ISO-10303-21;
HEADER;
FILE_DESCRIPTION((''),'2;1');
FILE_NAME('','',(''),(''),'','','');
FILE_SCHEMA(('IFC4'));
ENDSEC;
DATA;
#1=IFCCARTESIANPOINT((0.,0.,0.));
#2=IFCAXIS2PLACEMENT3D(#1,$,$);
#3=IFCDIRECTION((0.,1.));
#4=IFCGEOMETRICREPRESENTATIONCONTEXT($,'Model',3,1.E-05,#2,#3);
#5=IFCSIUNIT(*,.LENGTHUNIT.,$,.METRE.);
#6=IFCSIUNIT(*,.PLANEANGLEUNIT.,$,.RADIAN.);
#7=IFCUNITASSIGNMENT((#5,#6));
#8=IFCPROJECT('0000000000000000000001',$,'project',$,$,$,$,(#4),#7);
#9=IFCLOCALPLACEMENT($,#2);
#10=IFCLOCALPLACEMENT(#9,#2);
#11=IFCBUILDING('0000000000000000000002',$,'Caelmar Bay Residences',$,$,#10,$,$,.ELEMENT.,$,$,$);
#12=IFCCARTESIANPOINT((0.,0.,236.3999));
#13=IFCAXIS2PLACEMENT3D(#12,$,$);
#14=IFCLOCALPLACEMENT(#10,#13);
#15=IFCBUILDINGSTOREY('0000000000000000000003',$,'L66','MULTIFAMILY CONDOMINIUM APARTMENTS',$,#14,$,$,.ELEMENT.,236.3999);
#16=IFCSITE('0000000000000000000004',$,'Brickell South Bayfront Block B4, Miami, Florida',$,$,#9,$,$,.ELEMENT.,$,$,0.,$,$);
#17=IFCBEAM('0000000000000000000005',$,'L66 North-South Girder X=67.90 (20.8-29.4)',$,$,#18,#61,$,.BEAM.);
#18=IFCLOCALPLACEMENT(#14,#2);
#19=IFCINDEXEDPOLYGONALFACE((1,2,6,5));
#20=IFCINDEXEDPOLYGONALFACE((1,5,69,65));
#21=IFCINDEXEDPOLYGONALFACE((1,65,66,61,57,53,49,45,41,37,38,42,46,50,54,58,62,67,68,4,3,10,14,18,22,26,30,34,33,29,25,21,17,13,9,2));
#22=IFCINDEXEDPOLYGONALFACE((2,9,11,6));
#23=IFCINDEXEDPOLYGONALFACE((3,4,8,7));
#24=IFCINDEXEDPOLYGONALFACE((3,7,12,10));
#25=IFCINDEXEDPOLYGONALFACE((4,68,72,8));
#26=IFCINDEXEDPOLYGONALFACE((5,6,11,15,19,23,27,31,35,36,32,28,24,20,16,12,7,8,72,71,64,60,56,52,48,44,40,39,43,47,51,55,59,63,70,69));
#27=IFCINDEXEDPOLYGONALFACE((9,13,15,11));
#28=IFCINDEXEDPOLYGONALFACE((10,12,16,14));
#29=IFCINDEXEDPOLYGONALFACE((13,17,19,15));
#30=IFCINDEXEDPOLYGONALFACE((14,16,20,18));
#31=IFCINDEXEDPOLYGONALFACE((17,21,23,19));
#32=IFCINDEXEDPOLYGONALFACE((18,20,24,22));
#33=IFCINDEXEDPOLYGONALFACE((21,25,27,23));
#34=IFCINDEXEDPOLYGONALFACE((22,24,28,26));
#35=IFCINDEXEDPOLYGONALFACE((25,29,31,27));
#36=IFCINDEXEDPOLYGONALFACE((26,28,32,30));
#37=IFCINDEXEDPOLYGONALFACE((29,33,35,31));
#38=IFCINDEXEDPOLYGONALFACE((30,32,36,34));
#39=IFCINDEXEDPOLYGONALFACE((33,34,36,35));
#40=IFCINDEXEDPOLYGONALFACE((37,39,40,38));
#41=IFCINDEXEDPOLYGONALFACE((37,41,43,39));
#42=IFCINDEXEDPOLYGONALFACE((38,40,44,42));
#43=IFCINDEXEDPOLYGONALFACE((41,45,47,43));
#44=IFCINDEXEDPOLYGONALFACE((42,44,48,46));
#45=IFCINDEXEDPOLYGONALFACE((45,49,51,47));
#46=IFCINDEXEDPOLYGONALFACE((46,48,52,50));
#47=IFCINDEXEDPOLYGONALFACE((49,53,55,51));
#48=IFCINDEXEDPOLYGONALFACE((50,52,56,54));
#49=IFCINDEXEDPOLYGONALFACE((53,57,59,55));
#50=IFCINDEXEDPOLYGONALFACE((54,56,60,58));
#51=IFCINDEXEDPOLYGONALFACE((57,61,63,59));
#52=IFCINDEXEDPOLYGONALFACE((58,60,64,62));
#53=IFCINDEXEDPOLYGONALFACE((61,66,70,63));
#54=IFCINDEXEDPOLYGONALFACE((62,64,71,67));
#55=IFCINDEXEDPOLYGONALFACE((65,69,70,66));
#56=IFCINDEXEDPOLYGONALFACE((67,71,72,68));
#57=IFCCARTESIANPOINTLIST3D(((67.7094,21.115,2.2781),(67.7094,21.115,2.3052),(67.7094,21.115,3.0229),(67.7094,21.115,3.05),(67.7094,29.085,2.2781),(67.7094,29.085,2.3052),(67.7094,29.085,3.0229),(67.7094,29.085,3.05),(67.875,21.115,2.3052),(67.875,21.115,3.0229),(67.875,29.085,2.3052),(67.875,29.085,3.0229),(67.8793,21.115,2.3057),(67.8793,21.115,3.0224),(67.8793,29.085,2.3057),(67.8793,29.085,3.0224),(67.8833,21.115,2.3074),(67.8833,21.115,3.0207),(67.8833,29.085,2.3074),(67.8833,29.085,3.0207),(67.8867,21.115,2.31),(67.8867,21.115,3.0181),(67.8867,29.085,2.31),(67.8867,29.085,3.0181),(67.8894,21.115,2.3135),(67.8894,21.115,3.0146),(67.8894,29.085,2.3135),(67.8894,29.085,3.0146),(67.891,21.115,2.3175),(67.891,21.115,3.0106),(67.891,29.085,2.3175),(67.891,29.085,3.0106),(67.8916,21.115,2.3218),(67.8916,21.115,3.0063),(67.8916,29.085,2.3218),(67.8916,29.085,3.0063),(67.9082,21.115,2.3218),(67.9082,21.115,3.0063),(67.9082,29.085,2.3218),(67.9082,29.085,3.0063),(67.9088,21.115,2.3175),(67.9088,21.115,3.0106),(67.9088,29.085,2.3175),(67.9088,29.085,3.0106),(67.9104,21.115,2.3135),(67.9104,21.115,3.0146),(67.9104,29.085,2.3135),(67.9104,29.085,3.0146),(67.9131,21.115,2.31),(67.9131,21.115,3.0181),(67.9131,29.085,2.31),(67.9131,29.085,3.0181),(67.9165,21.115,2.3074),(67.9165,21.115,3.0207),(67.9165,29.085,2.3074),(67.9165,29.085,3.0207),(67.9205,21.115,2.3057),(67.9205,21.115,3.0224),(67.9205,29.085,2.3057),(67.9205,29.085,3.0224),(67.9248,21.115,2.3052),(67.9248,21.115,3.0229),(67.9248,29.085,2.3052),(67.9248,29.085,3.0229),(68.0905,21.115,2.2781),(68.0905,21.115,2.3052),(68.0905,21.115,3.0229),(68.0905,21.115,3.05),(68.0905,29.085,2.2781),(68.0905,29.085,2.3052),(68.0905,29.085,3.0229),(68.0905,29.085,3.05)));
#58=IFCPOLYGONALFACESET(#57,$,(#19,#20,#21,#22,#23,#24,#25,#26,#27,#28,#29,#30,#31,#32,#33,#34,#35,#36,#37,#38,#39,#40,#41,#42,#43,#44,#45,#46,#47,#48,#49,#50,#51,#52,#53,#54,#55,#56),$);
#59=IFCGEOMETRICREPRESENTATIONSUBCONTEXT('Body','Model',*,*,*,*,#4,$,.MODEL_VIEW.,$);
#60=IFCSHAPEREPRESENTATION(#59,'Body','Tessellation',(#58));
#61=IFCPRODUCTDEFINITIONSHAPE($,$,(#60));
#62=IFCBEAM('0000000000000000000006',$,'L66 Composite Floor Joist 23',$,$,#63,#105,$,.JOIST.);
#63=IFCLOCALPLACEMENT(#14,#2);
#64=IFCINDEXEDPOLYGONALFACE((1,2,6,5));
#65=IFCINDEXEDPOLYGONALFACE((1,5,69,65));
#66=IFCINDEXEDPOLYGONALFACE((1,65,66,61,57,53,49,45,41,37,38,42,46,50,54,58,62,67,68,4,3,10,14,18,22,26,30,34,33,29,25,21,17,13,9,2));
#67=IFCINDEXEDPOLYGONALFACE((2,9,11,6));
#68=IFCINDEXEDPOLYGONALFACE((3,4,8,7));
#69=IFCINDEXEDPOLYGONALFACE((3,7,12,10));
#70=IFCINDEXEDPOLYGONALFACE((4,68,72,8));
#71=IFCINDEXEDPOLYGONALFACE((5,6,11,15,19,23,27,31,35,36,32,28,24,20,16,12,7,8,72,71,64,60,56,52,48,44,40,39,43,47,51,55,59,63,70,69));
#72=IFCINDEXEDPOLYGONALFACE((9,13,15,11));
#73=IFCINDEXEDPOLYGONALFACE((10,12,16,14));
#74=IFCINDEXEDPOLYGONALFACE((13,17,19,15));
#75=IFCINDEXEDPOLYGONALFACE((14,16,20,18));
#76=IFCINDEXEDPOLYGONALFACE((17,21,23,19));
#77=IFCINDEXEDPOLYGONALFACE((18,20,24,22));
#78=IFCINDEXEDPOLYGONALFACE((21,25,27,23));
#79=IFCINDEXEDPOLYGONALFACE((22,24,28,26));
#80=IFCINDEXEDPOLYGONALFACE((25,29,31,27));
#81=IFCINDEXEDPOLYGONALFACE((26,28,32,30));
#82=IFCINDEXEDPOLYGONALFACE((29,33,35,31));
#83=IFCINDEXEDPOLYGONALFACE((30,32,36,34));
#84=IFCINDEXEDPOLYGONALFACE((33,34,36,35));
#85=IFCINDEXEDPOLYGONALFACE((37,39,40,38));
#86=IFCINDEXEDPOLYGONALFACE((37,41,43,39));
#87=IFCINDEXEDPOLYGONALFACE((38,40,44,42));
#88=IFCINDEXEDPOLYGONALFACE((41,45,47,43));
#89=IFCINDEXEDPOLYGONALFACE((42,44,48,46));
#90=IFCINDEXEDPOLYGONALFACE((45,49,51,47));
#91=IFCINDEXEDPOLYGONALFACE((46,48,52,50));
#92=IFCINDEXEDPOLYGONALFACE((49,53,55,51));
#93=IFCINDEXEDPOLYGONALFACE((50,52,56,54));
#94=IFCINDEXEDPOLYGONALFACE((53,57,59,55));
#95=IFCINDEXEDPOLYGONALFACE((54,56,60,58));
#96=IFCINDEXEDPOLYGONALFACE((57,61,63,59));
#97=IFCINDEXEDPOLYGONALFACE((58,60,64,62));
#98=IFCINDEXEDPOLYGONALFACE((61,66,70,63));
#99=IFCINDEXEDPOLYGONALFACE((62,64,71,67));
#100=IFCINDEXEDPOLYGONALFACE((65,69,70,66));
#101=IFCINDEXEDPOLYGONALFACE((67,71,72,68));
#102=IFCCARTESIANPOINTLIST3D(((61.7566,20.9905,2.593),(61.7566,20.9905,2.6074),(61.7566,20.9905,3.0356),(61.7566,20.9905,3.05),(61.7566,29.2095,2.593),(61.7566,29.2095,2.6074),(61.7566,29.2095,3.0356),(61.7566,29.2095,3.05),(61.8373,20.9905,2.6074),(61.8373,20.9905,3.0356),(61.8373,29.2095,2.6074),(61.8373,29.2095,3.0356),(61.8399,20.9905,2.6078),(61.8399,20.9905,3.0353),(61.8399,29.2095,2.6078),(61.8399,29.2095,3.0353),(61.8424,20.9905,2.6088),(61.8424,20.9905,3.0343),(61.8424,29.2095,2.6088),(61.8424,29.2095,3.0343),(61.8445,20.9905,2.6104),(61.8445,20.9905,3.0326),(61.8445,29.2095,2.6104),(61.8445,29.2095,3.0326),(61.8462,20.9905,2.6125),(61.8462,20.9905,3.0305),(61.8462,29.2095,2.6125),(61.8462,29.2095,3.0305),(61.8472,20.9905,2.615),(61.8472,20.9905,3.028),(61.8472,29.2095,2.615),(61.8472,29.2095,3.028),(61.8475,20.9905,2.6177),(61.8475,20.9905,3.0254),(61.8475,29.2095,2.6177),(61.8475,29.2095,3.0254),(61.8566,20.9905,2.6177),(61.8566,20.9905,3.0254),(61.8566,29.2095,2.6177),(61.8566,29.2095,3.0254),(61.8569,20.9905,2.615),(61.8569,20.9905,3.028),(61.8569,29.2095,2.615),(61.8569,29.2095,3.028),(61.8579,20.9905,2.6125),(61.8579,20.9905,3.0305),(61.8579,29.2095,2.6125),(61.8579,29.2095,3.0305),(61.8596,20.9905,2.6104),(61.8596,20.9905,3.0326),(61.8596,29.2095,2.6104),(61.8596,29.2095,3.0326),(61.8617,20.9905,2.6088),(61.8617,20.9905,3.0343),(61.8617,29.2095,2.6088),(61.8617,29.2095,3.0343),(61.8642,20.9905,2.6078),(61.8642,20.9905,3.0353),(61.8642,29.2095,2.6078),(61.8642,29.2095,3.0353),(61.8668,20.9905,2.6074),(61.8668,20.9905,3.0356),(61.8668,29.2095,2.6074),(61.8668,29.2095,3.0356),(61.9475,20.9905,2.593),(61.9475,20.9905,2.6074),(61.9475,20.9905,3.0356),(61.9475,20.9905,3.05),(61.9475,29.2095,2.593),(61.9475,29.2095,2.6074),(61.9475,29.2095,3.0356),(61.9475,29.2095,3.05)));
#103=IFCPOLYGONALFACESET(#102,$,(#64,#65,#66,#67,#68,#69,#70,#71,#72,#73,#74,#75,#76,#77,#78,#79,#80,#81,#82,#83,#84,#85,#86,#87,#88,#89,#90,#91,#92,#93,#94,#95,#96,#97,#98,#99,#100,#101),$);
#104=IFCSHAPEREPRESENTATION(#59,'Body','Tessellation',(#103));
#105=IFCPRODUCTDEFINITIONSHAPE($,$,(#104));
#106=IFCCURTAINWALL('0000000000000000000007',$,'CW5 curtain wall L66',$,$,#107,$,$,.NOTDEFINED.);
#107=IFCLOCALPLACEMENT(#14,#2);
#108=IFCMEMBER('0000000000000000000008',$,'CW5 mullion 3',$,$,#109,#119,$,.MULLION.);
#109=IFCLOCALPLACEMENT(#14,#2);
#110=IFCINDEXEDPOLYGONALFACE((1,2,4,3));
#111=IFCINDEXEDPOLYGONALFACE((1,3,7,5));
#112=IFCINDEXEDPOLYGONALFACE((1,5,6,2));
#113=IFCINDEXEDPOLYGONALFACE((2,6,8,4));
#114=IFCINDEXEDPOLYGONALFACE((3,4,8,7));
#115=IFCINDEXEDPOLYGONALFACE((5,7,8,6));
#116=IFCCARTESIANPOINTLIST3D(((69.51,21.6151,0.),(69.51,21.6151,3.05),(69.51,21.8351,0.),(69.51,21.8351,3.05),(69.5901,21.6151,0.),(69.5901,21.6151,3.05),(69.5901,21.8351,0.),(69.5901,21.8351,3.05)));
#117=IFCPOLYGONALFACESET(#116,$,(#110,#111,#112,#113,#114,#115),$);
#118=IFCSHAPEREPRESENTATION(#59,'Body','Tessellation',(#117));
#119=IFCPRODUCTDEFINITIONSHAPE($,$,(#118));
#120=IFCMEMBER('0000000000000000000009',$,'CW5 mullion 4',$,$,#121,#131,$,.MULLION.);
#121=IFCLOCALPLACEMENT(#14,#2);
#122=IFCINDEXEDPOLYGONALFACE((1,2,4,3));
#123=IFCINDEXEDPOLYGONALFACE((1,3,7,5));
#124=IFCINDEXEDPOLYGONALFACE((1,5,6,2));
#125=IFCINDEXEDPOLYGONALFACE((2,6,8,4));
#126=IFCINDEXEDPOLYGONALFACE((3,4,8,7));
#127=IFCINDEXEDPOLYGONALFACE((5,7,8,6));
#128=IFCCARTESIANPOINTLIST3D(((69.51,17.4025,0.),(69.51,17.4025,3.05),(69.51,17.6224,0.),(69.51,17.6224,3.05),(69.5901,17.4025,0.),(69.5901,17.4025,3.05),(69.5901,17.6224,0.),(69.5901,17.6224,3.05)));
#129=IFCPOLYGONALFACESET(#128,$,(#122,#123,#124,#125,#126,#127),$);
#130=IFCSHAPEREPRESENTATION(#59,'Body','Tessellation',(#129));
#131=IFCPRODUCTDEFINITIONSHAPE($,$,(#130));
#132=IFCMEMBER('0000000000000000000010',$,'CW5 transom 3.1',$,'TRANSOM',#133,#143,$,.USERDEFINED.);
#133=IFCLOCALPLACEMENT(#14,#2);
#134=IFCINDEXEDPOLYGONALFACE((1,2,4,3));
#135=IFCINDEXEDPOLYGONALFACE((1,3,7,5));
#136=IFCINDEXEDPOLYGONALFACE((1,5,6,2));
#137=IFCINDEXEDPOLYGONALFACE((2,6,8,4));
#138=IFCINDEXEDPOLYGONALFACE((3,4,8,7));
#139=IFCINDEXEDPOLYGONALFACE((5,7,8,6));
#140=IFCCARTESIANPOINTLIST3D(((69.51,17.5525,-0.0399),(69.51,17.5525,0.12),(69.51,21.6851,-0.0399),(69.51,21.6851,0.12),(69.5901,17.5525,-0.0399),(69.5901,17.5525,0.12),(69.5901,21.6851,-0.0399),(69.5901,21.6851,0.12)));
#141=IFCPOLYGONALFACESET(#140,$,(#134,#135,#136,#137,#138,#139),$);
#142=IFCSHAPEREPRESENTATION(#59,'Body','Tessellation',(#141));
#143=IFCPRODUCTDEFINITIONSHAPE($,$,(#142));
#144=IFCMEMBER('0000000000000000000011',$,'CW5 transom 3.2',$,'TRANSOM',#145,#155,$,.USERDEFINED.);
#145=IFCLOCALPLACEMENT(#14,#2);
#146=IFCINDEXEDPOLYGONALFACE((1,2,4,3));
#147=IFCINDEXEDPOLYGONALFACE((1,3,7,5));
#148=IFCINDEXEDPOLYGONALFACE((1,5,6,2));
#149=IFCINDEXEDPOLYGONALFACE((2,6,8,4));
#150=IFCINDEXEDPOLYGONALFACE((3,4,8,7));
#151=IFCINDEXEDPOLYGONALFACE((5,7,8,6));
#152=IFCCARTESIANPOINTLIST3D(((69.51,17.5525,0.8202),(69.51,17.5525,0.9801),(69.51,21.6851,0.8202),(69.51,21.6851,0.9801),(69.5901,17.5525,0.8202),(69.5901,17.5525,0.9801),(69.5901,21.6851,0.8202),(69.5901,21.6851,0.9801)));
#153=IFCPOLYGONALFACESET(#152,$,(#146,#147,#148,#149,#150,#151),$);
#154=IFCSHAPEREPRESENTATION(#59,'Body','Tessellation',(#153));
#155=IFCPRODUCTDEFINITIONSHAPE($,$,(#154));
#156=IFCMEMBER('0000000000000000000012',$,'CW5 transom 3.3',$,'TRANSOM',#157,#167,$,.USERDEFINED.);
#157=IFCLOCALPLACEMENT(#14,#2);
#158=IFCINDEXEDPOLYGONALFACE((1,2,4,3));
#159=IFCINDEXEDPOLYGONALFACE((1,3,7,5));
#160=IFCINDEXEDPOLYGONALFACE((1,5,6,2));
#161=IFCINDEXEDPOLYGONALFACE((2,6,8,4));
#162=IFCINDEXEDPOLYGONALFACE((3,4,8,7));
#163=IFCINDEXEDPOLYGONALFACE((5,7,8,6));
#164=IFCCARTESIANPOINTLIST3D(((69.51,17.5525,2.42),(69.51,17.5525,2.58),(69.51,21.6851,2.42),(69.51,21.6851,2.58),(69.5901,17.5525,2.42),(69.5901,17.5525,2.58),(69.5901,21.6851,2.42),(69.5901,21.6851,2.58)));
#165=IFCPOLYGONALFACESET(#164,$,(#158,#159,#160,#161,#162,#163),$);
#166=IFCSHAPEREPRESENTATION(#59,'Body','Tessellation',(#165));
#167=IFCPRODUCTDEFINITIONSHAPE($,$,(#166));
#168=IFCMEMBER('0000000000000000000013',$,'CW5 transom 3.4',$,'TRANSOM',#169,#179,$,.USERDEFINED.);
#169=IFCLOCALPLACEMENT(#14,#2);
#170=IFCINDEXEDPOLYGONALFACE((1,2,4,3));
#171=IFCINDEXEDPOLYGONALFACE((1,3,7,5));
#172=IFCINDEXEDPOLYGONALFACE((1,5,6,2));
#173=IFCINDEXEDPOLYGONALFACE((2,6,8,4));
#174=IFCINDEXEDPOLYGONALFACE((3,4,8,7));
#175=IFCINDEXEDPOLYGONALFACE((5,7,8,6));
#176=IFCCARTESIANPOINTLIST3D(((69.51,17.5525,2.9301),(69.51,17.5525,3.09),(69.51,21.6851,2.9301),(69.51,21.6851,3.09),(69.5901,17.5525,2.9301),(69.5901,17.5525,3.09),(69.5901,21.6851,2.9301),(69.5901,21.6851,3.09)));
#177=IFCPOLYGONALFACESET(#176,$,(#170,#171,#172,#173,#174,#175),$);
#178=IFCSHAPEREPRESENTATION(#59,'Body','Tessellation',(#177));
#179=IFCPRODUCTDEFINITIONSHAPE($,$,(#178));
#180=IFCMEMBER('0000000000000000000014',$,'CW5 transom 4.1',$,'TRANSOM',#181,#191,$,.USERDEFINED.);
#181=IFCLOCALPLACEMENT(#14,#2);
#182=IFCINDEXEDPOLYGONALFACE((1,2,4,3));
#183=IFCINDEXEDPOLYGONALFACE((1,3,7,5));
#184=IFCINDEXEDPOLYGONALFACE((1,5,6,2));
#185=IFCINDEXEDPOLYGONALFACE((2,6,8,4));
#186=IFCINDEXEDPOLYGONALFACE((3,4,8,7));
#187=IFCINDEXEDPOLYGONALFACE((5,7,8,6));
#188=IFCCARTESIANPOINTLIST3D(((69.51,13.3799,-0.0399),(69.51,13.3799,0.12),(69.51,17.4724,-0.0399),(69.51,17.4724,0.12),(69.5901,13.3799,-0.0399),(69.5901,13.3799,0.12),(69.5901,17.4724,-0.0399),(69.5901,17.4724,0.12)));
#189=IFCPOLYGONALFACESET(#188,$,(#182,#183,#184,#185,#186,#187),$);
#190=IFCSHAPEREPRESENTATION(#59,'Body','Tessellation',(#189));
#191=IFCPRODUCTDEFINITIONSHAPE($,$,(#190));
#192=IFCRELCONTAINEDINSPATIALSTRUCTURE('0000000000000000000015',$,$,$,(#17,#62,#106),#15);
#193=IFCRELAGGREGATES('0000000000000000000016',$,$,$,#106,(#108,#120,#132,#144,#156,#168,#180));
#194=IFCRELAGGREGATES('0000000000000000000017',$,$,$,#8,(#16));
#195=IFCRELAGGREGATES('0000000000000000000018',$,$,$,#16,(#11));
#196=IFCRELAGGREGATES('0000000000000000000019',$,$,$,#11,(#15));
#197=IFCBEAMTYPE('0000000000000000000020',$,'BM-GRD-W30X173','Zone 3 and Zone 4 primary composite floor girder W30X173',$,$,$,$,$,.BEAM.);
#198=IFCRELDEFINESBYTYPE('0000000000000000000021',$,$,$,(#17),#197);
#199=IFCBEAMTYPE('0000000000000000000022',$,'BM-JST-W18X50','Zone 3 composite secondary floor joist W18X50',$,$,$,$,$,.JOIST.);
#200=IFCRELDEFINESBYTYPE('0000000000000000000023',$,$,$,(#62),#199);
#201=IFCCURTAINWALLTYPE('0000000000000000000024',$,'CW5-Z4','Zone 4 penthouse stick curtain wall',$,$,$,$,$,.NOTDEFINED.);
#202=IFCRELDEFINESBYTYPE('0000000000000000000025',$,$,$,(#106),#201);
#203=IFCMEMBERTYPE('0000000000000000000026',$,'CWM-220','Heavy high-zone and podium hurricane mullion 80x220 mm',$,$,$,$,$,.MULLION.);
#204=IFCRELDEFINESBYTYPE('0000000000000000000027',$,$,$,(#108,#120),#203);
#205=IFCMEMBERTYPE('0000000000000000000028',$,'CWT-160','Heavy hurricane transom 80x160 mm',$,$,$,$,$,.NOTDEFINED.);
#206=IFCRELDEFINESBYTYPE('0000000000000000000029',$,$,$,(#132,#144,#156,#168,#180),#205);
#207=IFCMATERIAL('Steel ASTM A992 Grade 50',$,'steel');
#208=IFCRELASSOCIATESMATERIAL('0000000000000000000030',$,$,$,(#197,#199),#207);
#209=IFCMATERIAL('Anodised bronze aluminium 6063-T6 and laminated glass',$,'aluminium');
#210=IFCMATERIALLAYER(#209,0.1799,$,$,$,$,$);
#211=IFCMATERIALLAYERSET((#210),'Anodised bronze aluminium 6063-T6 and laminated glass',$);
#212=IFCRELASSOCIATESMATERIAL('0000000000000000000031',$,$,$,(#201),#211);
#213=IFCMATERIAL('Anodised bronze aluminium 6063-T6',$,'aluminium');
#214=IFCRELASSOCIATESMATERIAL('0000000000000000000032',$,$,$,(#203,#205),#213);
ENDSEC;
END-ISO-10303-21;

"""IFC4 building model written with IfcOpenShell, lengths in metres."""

from ifc_helpers import new_model, si_unit, direction, frame, origin, origin_2d, place, context, subcontext, project, spatial, rectangle, i_section, extrude, material, layer, layer_set, material_profile, profile_set, type_object, element, aggregate, save


model = new_model("IFC4")

# Units and contexts
model_context = context("Model", 3, precision=1e-05, world=origin(), true_north=direction((0.0, 1.0)))
body_context = subcontext(model_context, "Body", "Model", "MODEL_VIEW")
ifc_project = project(units=[si_unit("LENGTHUNIT", "METRE"), si_unit("PLANEANGLEUNIT", "RADIAN")], contexts=[model_context])

# Site, building, storey
site_placement = place(None, origin())
site = spatial("IfcSite", under=ifc_project, at=site_placement, Name="Brickell South Bayfront Block B4, Miami, Florida", CompositionType="ELEMENT", RefElevation=0.0)
building_placement = place(site_placement, origin())
building = spatial("IfcBuilding", under=site, at=building_placement, Name="Caelmar Bay Residences", CompositionType="ELEMENT")
storey_placement = place(building_placement, frame((0.0, 0.0, 236.3999)))
storey = spatial("IfcBuildingStorey", under=building, at=storey_placement, Name="L66", Description="MULTIFAMILY CONDOMINIUM APARTMENTS", CompositionType="ELEMENT", Elevation=236.3999)

# Beams
ifc_material_1 = material(Name="Steel ASTM A992 Grade 50", Category="steel")
ifc_material_profile_1 = material_profile(ifc_material_1, i_section(OverallWidth=0.3811, OverallDepth=0.772, WebThickness=0.0166, FlangeThickness=0.0271, FilletRadius=0.0166, at=origin_2d()), Name="W30X173")
ifc_profile_set_1 = profile_set([ifc_material_profile_1], Name="Steel ASTM A992 Grade 50")
beam_type_1 = type_object("IfcBeamType", Name="BM-GRD-W30X173", Description="Zone 3 and Zone 4 primary composite floor girder W30X173", PredefinedType="BEAM", material=ifc_profile_set_1)
for number, where, z_axis, x_axis, name in (
    (1, (67.8999, 21.115, 2.6641), (0.0, 1.0, 0.0), (-1.0, 0.0, 0.0), "L66 North-South Girder X=67.90 (20.8-29.4)"),
):
    element("IfcBeam", number, at=place(storey_placement, frame(where, z_axis=z_axis, x_axis=x_axis)), inside=storey, type_object=beam_type_1, Name=name, PredefinedType="BEAM", context=body_context, shape_type="SweptSolid", body=[
        extrude(i_section(OverallWidth=0.3811, OverallDepth=0.772, WebThickness=0.0166, FlangeThickness=0.0271, FilletRadius=0.0166, at=origin_2d()), origin(), (0.0, 0.0, 1.0), 7.97),
    ])
ifc_material_profile_2 = material_profile(ifc_material_1, i_section(OverallWidth=0.1909, OverallDepth=0.457, WebThickness=0.009, FlangeThickness=0.0144, FilletRadius=0.0103, at=origin_2d()), Name="W18X50")
ifc_profile_set_2 = profile_set([ifc_material_profile_2], Name="Steel ASTM A992 Grade 50")
beam_type_2 = type_object("IfcBeamType", Name="BM-JST-W18X50", Description="Zone 3 composite secondary floor joist W18X50", PredefinedType="JOIST", material=ifc_profile_set_2)
beam_1_placement = place(storey_placement, frame((61.8521, 20.9905, 2.8215), z_axis=(0.0, 1.0, 0.0), x_axis=(-1.0, 0.0, 0.0)))
element("IfcBeam", 2, at=beam_1_placement, inside=storey, type_object=beam_type_2, Name="L66 Composite Floor Joist 23", PredefinedType="JOIST", context=body_context, shape_type="SweptSolid", body=[
    extrude(i_section(OverallWidth=0.1909, OverallDepth=0.457, WebThickness=0.009, FlangeThickness=0.0144, FilletRadius=0.0103, at=origin_2d()), origin(), (0.0, 0.0, 1.0), 8.219),
])

# Curtain wall, members
ifc_material_2 = material(Name="Anodised bronze aluminium 6063-T6 and laminated glass", Category="aluminium")
ifc_layer_1 = layer(ifc_material_2, 0.1799)
ifc_layer_set_1 = layer_set([ifc_layer_1], Name="Anodised bronze aluminium 6063-T6 and laminated glass")
curtain_wall_type = type_object("IfcCurtainWallType", Name="CW5-Z4", Description="Zone 4 penthouse stick curtain wall", PredefinedType="NOTDEFINED", material=ifc_layer_set_1)
curtain_wall_placement = place(storey_placement, origin())
curtain_wall = element("IfcCurtainWall", 3, at=curtain_wall_placement, inside=storey, type_object=curtain_wall_type, Name="CW5 curtain wall L66", PredefinedType="NOTDEFINED")
ifc_material_3 = material(Name="Anodised bronze aluminium 6063-T6", Category="aluminium")
ifc_material_profile_3 = material_profile(ifc_material_3, rectangle(XDim=0.0801, YDim=0.22, at=origin_2d()), Name="CWM-80X220")
ifc_profile_set_3 = profile_set([ifc_material_profile_3], Name="Anodised bronze aluminium 6063-T6")
member_type_1 = type_object("IfcMemberType", Name="CWM-220", Description="Heavy high-zone and podium hurricane mullion 80x220 mm", PredefinedType="MULLION", material=ifc_profile_set_3)
member_1_placement = place(storey_placement, frame((69.55, 21.7251, 0.0), z_axis=(0.0, 0.0, 1.0), x_axis=(1.0, 0.0, 0.0)))
member_1 = element("IfcMember", 4, at=member_1_placement, type_object=member_type_1, Name="CW5 mullion 3", PredefinedType="MULLION", context=body_context, shape_type="SweptSolid", body=[
    extrude(rectangle(XDim=0.0801, YDim=0.22, at=origin_2d()), origin(), (0.0, 0.0, 1.0), 3.05),
])
member_2_placement = place(storey_placement, frame((69.55, 17.5125, 0.0), z_axis=(0.0, 0.0, 1.0), x_axis=(1.0, 0.0, 0.0)))
member_2 = element("IfcMember", 5, at=member_2_placement, type_object=member_type_1, Name="CW5 mullion 4", PredefinedType="MULLION", context=body_context, shape_type="SweptSolid", body=[
    extrude(rectangle(XDim=0.0801, YDim=0.22, at=origin_2d()), origin(), (0.0, 0.0, 1.0), 3.05),
])
ifc_material_profile_4 = material_profile(ifc_material_3, rectangle(XDim=0.0801, YDim=0.1599, at=origin_2d()), Name="CWT-80X160")
ifc_profile_set_4 = profile_set([ifc_material_profile_4], Name="Anodised bronze aluminium 6063-T6")
member_type_2 = type_object("IfcMemberType", Name="CWT-160", Description="Heavy hurricane transom 80x160 mm", PredefinedType="NOTDEFINED", material=ifc_profile_set_4)
member_3_placement = place(storey_placement, frame((69.55, 21.6851, 0.04), z_axis=(0.0, -1.0, 0.0), x_axis=(1.0, 0.0, 0.0)))
member_3 = element("IfcMember", 6, at=member_3_placement, type_object=member_type_2, Name="CW5 transom 3.1", ObjectType="TRANSOM", PredefinedType="USERDEFINED", context=body_context, shape_type="SweptSolid", body=[
    extrude(rectangle(XDim=0.0801, YDim=0.1599, at=origin_2d()), origin(), (0.0, 0.0, 1.0), 4.1326),
])
member_4_placement = place(storey_placement, frame((69.55, 21.6851, 0.9001), z_axis=(0.0, -1.0, 0.0), x_axis=(1.0, 0.0, 0.0)))
member_4 = element("IfcMember", 7, at=member_4_placement, type_object=member_type_2, Name="CW5 transom 3.2", ObjectType="TRANSOM", PredefinedType="USERDEFINED", context=body_context, shape_type="SweptSolid", body=[
    extrude(rectangle(XDim=0.0801, YDim=0.1599, at=origin_2d()), origin(), (0.0, 0.0, 1.0), 4.1326),
])
member_5_placement = place(storey_placement, frame((69.55, 21.6851, 2.5), z_axis=(0.0, -1.0, 0.0), x_axis=(1.0, 0.0, 0.0)))
member_5 = element("IfcMember", 8, at=member_5_placement, type_object=member_type_2, Name="CW5 transom 3.3", ObjectType="TRANSOM", PredefinedType="USERDEFINED", context=body_context, shape_type="SweptSolid", body=[
    extrude(rectangle(XDim=0.0801, YDim=0.1599, at=origin_2d()), origin(), (0.0, 0.0, 1.0), 4.1326),
])
member_6_placement = place(storey_placement, frame((69.55, 21.6851, 3.01), z_axis=(0.0, -1.0, 0.0), x_axis=(1.0, 0.0, 0.0)))
member_6 = element("IfcMember", 9, at=member_6_placement, type_object=member_type_2, Name="CW5 transom 3.4", ObjectType="TRANSOM", PredefinedType="USERDEFINED", context=body_context, shape_type="SweptSolid", body=[
    extrude(rectangle(XDim=0.0801, YDim=0.1599, at=origin_2d()), origin(), (0.0, 0.0, 1.0), 4.1326),
])
member_7_placement = place(storey_placement, frame((69.55, 17.4724, 0.04), z_axis=(0.0, -1.0, 0.0), x_axis=(1.0, 0.0, 0.0)))
member_7 = element("IfcMember", 10, at=member_7_placement, type_object=member_type_2, Name="CW5 transom 4.1", ObjectType="TRANSOM", PredefinedType="USERDEFINED", context=body_context, shape_type="SweptSolid", body=[
    extrude(rectangle(XDim=0.0801, YDim=0.1599, at=origin_2d()), origin(), (0.0, 0.0, 1.0), 4.0925),
])
aggregate(curtain_wall, [member_1, member_2, member_3, member_4, member_5, member_6, member_7])

save(model, "model.ifc")
